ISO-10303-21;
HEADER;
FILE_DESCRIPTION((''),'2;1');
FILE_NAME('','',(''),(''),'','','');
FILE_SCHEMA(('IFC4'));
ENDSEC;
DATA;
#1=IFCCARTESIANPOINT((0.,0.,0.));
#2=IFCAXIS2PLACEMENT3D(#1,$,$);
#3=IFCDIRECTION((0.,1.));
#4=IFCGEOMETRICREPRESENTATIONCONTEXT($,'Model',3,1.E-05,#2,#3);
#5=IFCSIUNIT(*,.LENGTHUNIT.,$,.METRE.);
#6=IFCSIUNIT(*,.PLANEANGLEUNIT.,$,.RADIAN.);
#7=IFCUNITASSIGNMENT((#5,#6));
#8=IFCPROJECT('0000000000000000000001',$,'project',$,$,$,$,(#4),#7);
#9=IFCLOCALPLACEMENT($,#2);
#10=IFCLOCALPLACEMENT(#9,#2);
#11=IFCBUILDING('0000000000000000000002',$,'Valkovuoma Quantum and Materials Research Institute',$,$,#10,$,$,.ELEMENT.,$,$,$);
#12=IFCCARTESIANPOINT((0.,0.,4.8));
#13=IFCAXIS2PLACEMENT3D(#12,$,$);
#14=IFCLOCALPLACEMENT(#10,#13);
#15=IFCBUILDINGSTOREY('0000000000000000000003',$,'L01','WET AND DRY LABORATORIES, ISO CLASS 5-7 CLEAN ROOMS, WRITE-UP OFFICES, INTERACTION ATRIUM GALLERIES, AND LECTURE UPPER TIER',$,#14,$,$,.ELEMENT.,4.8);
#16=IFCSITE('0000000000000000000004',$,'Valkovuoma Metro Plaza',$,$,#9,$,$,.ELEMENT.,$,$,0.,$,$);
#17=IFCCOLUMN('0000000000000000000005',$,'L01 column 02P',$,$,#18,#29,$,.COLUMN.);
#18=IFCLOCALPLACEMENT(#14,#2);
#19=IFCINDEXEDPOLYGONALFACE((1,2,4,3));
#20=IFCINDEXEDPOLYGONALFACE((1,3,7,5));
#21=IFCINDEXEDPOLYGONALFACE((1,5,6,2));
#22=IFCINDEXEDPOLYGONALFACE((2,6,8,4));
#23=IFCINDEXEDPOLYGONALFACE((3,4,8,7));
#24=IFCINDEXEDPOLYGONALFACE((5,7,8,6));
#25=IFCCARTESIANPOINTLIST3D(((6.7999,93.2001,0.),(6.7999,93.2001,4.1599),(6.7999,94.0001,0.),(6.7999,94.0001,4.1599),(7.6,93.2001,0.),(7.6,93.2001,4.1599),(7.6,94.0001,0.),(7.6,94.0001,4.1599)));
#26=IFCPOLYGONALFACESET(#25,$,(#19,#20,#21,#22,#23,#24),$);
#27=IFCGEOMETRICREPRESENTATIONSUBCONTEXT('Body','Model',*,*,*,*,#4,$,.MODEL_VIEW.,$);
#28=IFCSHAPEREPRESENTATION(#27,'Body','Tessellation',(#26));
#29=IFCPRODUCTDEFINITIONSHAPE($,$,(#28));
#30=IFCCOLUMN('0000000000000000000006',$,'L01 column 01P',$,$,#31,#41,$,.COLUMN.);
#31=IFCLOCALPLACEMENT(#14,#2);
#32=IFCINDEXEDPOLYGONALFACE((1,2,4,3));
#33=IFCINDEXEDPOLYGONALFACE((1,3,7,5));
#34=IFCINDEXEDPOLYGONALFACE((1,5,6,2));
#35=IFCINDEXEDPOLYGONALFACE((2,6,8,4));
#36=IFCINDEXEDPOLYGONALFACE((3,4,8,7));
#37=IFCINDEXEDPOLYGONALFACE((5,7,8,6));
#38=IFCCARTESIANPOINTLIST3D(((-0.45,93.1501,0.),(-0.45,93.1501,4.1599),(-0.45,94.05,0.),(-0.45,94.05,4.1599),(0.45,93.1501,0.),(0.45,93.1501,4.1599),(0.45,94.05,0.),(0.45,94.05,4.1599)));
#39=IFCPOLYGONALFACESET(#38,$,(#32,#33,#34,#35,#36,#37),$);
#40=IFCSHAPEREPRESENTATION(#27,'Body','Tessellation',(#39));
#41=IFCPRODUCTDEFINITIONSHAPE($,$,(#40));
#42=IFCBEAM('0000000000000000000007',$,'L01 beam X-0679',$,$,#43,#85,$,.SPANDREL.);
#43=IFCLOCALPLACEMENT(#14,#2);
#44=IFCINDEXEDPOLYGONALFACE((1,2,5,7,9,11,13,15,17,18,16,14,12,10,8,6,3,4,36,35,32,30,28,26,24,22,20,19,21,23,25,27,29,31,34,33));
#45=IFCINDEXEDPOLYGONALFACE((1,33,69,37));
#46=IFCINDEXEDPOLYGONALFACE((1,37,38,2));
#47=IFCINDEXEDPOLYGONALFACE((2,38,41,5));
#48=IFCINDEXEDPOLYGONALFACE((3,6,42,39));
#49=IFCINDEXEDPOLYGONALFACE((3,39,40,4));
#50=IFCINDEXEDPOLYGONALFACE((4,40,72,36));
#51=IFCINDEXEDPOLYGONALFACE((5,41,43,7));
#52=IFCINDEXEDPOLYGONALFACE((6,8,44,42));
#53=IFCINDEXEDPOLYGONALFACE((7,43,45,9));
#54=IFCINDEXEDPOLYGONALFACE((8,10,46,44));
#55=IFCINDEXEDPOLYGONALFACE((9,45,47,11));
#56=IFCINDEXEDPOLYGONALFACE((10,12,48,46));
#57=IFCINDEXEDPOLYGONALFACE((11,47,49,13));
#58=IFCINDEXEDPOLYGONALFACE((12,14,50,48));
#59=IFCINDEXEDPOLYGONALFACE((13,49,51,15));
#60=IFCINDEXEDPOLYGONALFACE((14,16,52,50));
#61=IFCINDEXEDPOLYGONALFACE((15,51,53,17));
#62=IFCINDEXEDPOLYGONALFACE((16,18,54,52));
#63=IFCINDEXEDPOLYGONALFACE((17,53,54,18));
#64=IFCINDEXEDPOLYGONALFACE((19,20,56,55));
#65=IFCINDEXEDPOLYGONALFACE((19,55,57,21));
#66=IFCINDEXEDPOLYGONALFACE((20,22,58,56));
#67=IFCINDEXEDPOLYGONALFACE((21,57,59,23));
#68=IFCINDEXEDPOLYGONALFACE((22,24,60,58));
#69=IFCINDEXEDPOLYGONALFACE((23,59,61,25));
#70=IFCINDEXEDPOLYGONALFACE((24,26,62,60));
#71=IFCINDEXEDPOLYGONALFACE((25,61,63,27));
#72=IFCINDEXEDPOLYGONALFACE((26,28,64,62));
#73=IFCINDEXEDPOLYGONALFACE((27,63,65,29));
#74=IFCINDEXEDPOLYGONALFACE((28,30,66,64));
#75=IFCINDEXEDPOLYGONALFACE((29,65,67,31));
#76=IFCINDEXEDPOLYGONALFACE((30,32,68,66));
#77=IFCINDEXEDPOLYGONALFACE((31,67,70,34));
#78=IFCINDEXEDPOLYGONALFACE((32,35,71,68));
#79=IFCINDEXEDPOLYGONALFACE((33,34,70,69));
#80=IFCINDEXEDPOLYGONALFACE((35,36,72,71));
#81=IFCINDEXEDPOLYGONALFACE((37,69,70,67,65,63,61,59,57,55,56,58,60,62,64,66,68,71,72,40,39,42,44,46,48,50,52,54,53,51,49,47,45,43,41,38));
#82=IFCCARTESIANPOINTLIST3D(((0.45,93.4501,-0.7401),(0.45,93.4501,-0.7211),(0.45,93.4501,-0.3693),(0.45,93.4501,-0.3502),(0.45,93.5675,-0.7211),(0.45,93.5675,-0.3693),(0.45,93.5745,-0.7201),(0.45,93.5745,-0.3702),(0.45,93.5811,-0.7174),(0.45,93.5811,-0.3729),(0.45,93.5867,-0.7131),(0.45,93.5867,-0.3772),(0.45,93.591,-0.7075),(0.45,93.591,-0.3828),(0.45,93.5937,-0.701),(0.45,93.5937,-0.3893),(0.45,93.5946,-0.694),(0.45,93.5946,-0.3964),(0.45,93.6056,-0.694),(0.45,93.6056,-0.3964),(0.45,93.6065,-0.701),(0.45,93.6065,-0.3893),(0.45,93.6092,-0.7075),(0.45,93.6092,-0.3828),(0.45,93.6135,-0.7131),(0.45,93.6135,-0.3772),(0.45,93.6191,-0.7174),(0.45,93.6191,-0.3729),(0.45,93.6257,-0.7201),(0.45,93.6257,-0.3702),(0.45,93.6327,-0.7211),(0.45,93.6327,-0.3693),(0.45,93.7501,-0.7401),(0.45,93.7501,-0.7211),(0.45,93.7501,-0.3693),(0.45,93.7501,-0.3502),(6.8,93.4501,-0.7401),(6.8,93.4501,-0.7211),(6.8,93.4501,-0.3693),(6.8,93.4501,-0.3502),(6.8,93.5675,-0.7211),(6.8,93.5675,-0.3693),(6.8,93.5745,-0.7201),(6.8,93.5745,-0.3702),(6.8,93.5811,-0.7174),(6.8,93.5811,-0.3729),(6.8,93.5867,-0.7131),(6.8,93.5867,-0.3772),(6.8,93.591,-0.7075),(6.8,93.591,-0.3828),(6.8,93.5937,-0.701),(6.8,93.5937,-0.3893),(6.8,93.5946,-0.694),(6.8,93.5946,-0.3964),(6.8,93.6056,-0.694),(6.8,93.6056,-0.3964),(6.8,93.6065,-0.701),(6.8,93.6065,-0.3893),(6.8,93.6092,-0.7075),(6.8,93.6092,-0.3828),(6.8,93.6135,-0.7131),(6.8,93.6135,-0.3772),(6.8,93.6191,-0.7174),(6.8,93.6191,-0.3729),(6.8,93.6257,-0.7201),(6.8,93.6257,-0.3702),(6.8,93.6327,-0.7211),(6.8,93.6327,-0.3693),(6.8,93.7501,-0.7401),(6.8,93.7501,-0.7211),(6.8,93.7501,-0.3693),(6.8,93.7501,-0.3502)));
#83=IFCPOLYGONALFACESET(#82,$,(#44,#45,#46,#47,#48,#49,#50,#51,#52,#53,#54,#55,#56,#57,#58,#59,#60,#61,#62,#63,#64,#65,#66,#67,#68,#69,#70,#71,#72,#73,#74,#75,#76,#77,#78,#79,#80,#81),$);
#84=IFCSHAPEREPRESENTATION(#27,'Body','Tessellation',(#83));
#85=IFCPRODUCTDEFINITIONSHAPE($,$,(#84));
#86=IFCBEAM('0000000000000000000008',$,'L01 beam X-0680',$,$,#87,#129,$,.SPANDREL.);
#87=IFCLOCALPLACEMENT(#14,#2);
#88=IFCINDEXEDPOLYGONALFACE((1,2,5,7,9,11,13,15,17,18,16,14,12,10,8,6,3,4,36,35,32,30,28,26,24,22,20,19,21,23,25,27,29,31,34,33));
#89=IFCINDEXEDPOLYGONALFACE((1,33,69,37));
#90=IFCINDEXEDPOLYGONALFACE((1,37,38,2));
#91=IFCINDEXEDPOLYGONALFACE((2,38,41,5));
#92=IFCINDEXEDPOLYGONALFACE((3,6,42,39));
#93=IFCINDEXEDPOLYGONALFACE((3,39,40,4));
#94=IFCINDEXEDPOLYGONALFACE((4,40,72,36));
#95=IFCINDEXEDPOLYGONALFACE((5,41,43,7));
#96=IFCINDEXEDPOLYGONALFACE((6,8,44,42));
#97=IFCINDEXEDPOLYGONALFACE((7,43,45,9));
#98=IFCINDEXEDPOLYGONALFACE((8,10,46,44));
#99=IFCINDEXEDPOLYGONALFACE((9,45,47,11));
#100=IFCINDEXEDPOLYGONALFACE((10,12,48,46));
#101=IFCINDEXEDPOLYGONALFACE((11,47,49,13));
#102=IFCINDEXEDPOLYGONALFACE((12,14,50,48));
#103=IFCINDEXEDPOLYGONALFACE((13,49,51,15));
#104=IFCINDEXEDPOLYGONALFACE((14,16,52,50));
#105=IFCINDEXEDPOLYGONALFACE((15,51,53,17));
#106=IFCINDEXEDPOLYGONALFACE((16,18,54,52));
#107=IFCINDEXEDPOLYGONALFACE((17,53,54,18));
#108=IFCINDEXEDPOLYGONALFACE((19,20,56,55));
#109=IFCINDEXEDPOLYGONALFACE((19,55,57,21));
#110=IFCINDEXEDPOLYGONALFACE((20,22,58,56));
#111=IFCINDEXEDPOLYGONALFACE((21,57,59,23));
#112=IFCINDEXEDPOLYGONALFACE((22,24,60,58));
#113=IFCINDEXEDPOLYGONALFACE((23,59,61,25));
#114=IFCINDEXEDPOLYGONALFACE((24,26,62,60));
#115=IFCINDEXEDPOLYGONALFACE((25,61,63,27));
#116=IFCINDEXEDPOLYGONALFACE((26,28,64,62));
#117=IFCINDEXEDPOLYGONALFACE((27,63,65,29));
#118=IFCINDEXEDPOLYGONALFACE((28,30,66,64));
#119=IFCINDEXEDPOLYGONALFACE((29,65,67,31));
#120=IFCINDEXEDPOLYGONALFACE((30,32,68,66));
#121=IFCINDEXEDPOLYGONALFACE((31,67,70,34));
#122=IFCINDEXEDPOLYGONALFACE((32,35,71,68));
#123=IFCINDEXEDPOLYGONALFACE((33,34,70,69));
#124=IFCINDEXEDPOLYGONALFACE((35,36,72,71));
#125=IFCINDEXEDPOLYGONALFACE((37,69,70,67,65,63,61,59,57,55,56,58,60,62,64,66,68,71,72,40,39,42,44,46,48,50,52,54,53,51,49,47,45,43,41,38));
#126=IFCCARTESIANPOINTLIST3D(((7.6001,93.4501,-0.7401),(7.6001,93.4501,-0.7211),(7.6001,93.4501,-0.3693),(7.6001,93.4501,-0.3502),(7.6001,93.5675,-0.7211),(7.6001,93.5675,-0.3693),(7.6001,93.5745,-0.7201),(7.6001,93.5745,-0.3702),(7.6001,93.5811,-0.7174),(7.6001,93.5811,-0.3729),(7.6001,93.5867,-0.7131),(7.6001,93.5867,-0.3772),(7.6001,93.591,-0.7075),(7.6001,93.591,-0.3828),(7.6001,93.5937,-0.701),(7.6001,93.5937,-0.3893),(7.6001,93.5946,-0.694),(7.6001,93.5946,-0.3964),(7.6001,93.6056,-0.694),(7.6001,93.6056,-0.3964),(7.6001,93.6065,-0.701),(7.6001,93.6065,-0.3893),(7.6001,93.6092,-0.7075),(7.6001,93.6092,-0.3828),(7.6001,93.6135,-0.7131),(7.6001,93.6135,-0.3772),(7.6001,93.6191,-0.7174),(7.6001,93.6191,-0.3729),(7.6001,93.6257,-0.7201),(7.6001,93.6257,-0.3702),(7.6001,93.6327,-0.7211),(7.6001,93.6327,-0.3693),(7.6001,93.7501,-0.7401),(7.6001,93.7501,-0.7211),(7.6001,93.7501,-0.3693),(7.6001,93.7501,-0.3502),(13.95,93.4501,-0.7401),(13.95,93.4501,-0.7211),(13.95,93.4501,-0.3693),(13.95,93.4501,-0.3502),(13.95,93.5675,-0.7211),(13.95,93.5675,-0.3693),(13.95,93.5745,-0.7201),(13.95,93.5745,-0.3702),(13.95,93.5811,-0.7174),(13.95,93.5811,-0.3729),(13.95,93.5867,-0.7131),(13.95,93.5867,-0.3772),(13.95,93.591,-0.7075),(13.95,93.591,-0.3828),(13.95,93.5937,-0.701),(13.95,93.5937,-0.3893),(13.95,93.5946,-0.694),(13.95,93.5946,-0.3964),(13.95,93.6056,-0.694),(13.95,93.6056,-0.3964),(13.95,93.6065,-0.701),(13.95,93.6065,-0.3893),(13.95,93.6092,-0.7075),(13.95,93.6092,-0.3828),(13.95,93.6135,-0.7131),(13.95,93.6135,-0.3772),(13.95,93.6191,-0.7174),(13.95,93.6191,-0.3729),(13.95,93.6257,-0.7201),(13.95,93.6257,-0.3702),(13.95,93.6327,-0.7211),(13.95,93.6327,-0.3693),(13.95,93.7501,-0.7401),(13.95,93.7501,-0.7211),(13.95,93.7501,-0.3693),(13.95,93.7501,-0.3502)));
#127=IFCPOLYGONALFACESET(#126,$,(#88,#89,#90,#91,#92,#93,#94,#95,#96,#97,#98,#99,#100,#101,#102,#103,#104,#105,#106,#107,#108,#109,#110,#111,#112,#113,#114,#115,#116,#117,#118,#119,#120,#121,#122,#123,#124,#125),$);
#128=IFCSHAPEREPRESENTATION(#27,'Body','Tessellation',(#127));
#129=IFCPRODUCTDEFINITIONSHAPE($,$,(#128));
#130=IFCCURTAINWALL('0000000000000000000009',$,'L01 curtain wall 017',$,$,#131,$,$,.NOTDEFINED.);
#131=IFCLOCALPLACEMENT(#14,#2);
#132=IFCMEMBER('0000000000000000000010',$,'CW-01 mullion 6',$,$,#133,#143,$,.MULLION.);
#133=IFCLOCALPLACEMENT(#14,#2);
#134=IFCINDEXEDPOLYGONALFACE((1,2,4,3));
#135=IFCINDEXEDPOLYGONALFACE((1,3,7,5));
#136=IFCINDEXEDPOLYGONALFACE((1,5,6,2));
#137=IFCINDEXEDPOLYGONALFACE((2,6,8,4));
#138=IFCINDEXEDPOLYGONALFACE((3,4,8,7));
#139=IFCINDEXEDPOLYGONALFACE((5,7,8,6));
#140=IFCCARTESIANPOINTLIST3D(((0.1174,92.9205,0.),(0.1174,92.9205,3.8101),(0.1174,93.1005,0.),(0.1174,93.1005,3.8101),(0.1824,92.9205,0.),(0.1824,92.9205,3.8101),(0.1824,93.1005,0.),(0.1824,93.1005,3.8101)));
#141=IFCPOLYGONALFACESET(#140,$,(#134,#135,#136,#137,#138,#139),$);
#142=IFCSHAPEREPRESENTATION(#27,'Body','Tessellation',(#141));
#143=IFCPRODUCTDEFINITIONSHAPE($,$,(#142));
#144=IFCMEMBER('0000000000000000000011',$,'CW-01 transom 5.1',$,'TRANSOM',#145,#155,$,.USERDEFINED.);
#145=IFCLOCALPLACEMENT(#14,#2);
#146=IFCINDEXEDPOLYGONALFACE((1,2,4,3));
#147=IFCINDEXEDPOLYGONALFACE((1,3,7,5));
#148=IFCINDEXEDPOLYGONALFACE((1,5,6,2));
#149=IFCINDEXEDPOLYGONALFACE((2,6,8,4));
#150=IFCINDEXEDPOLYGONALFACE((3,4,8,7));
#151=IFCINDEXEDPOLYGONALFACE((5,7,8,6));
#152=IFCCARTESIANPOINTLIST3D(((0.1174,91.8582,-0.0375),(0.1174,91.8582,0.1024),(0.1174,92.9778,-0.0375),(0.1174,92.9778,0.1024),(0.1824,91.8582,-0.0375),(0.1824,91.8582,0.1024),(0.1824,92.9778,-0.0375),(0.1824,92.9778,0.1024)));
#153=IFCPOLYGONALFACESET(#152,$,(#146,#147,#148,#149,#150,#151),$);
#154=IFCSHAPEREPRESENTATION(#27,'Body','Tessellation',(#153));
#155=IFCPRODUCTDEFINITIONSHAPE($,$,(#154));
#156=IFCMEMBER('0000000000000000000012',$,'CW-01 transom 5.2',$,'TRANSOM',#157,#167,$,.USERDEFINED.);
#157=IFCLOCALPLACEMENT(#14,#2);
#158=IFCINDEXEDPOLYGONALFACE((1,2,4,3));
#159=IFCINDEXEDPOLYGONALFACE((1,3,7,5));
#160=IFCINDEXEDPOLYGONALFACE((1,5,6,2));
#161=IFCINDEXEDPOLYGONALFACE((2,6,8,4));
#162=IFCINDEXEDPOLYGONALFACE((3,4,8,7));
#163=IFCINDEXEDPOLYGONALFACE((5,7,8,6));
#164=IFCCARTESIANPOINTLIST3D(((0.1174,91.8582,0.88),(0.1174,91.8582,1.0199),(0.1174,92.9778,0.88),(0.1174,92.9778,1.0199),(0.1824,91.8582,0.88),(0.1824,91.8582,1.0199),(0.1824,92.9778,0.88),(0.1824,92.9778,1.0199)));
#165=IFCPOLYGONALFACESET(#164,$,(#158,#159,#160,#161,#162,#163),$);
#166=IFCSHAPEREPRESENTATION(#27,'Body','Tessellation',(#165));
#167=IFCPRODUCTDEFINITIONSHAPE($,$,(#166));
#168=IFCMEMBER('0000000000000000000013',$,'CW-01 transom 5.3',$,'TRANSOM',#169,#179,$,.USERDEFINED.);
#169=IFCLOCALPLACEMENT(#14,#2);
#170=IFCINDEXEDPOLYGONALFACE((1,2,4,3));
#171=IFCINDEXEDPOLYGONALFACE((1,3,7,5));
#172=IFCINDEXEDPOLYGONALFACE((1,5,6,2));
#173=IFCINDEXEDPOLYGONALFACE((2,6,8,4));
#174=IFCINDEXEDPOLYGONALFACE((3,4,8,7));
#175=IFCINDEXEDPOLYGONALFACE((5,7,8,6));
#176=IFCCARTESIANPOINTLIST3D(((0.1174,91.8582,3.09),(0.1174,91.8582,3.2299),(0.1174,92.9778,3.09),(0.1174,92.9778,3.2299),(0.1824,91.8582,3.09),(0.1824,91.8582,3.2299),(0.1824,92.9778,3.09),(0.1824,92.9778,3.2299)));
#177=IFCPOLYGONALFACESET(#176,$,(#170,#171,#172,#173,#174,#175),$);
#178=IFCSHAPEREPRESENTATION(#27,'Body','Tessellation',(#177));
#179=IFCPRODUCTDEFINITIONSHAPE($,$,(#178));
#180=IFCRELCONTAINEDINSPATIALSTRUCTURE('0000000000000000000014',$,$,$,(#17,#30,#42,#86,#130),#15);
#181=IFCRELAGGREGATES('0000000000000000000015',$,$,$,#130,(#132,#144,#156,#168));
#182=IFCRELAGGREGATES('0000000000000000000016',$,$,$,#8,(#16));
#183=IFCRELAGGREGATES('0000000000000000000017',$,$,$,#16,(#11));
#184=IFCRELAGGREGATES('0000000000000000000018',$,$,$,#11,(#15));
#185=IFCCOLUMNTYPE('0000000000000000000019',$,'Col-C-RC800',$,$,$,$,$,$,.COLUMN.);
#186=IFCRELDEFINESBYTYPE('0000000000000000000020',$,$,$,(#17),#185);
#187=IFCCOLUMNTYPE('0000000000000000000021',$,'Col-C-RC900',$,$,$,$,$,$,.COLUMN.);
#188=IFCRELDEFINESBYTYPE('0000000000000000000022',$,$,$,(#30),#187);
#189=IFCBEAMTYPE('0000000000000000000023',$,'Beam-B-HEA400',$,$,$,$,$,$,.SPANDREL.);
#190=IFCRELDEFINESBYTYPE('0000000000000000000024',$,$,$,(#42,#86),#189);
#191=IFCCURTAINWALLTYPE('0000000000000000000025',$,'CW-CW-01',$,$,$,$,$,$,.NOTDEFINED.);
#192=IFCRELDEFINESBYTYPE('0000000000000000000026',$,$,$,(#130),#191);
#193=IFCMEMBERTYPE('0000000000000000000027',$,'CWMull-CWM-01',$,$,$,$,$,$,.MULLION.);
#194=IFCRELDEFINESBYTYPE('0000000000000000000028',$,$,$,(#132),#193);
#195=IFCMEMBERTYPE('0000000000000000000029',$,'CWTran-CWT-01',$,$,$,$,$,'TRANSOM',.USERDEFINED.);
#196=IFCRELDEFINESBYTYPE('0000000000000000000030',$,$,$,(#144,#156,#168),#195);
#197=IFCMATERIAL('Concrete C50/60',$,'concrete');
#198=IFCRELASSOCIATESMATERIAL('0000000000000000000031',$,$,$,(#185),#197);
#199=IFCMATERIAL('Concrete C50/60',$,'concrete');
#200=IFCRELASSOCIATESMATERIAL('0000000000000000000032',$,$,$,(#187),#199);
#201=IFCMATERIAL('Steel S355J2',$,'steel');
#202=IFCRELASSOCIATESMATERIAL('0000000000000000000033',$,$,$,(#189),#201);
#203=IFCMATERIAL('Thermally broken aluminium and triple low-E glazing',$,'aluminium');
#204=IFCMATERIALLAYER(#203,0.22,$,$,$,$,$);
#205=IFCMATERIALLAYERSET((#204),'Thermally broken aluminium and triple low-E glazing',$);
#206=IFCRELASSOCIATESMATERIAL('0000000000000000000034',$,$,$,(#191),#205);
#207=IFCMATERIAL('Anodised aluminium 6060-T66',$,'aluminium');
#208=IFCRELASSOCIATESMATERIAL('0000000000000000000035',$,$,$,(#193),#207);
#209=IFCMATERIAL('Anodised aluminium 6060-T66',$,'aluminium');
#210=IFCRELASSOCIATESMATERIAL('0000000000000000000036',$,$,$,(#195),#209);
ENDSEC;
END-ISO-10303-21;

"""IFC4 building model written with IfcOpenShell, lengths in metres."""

from ifc_helpers import new_model, si_unit, direction, frame, origin, origin_2d, place, context, subcontext, project, spatial, rectangle, i_section, extrude, material, layer, layer_set, material_profile, profile_set, type_object, element, aggregate, save


model = new_model("IFC4")

# Units and contexts
model_context = context("Model", 3, precision=1e-05, world=origin(), true_north=direction((0.0, 1.0)))
body_context = subcontext(model_context, "Body", "Model", "MODEL_VIEW")
ifc_project = project(units=[si_unit("LENGTHUNIT", "METRE"), si_unit("PLANEANGLEUNIT", "RADIAN")], contexts=[model_context])

# Site, building, storey
site_placement = place(None, origin())
site = spatial("IfcSite", under=ifc_project, at=site_placement, Name="Valkovuoma Metro Plaza", CompositionType="ELEMENT", RefElevation=0.0)
building_placement = place(site_placement, origin())
building = spatial("IfcBuilding", under=site, at=building_placement, Name="Valkovuoma Quantum and Materials Research Institute", CompositionType="ELEMENT")
storey_placement = place(building_placement, frame((0.0, 0.0, 4.8)))
storey = spatial("IfcBuildingStorey", under=building, at=storey_placement, Name="L01", Description="WET AND DRY LABORATORIES, ISO CLASS 5-7 CLEAN ROOMS, WRITE-UP OFFICES, INTERACTION ATRIUM GALLERIES, AND LECTURE UPPER TIER", CompositionType="ELEMENT", Elevation=4.8)

# Columns
ifc_material_1 = material(Name="Concrete C50/60", Category="concrete")
ifc_material_profile_1 = material_profile(ifc_material_1, rectangle(XDim=0.8, YDim=0.8, at=origin_2d()), Name="Concrete C50/60")
ifc_profile_set_1 = profile_set([ifc_material_profile_1], Name="Concrete C50/60")
column_type_1 = type_object("IfcColumnType", Name="Col-C-RC800", PredefinedType="COLUMN", material=ifc_profile_set_1)
column_1_placement = place(storey_placement, frame((7.2, 93.6001, 0.0), z_axis=(0.0, 0.0, 1.0), x_axis=(1.0, 0.0, 0.0)))
element("IfcColumn", 1, at=column_1_placement, inside=storey, type_object=column_type_1, Name="L01 column 02P", PredefinedType="COLUMN", context=body_context, shape_type="SweptSolid", body=[
    extrude(rectangle(XDim=0.8, YDim=0.8, at=origin_2d()), origin(), (0.0, 0.0, 1.0), 4.1599),
])
ifc_material_2 = material(Name="Concrete C50/60", Category="concrete")
ifc_material_profile_2 = material_profile(ifc_material_2, rectangle(XDim=0.8999, YDim=0.8999, at=origin_2d()), Name="Concrete C50/60")
ifc_profile_set_2 = profile_set([ifc_material_profile_2], Name="Concrete C50/60")
column_type_2 = type_object("IfcColumnType", Name="Col-C-RC900", PredefinedType="COLUMN", material=ifc_profile_set_2)
column_2_placement = place(storey_placement, frame((0.0, 93.6001, 0.0), z_axis=(0.0, 0.0, 1.0), x_axis=(1.0, 0.0, 0.0)))
element("IfcColumn", 2, at=column_2_placement, inside=storey, type_object=column_type_2, Name="L01 column 01P", PredefinedType="COLUMN", context=body_context, shape_type="SweptSolid", body=[
    extrude(rectangle(XDim=0.8999, YDim=0.8999, at=origin_2d()), origin(), (0.0, 0.0, 1.0), 4.1599),
])

# Beams
ifc_material_3 = material(Name="Steel S355J2", Category="steel")
ifc_material_profile_3 = material_profile(ifc_material_3, i_section(OverallWidth=0.3, OverallDepth=0.3899, WebThickness=0.011, FlangeThickness=0.019, FilletRadius=0.0271, at=origin_2d()), Name="Steel S355J2")
ifc_profile_set_3 = profile_set([ifc_material_profile_3], Name="Steel S355J2")
beam_type = type_object("IfcBeamType", Name="Beam-B-HEA400", PredefinedType="SPANDREL", material=ifc_profile_set_3)
beam_1_placement = place(storey_placement, frame((0.45, 93.6001, -0.5452), z_axis=(1.0, 0.0, 0.0), x_axis=(0.0, 1.0, 0.0)))
element("IfcBeam", 3, at=beam_1_placement, inside=storey, type_object=beam_type, Name="L01 beam X-0679", PredefinedType="SPANDREL", context=body_context, shape_type="SweptSolid", body=[
    extrude(i_section(OverallWidth=0.3, OverallDepth=0.3899, WebThickness=0.011, FlangeThickness=0.019, FilletRadius=0.0271, at=origin_2d()), origin(), (0.0, 0.0, 1.0), 6.3501),
])
beam_2_placement = place(storey_placement, frame((7.6001, 93.6001, -0.5452), z_axis=(1.0, 0.0, 0.0), x_axis=(0.0, 1.0, 0.0)))
element("IfcBeam", 4, at=beam_2_placement, inside=storey, type_object=beam_type, Name="L01 beam X-0680", PredefinedType="SPANDREL", context=body_context, shape_type="SweptSolid", body=[
    extrude(i_section(OverallWidth=0.3, OverallDepth=0.3899, WebThickness=0.011, FlangeThickness=0.019, FilletRadius=0.0271, at=origin_2d()), origin(), (0.0, 0.0, 1.0), 6.3499),
])

# Curtain wall, members
ifc_material_4 = material(Name="Thermally broken aluminium and triple low-E glazing", Category="aluminium")
ifc_layer_1 = layer(ifc_material_4, 0.22)
ifc_layer_set_1 = layer_set([ifc_layer_1], Name="Thermally broken aluminium and triple low-E glazing")
curtain_wall_type = type_object("IfcCurtainWallType", Name="CW-CW-01", PredefinedType="NOTDEFINED", material=ifc_layer_set_1)
curtain_wall_placement = place(storey_placement, origin())
curtain_wall = element("IfcCurtainWall", 5, at=curtain_wall_placement, inside=storey, type_object=curtain_wall_type, Name="L01 curtain wall 017", PredefinedType="NOTDEFINED")
ifc_material_5 = material(Name="Anodised aluminium 6060-T66", Category="aluminium")
ifc_material_profile_4 = material_profile(ifc_material_5, rectangle(XDim=0.0649, YDim=0.1799, at=origin_2d()), Name="Anodised aluminium 6060-T66")
ifc_profile_set_4 = profile_set([ifc_material_profile_4], Name="Anodised aluminium 6060-T66")
member_type_1 = type_object("IfcMemberType", Name="CWMull-CWM-01", PredefinedType="MULLION", material=ifc_profile_set_4)
member_1_placement = place(storey_placement, frame((0.1499, 93.0105, 0.0), z_axis=(0.0, 0.0, 1.0), x_axis=(-1.0, 0.0, 0.0)))
member_1 = element("IfcMember", 6, at=member_1_placement, type_object=member_type_1, Name="CW-01 mullion 6", PredefinedType="MULLION", context=body_context, shape_type="SweptSolid", body=[
    extrude(rectangle(XDim=0.0649, YDim=0.1799, at=origin_2d()), origin(), (0.0, 0.0, 1.0), 3.8101),
])
ifc_material_6 = material(Name="Anodised aluminium 6060-T66", Category="aluminium")
ifc_material_profile_5 = material_profile(ifc_material_6, rectangle(XDim=0.0649, YDim=0.1399, at=origin_2d()), Name="Anodised aluminium 6060-T66")
ifc_profile_set_5 = profile_set([ifc_material_profile_5], Name="Anodised aluminium 6060-T66")
member_type_2 = type_object("IfcMemberType", Name="CWTran-CWT-01", ElementType="TRANSOM", PredefinedType="USERDEFINED", material=ifc_profile_set_5)
member_2_placement = place(storey_placement, frame((0.1499, 91.8582, 0.0325), z_axis=(0.0, 1.0, 0.0), x_axis=(-1.0, 0.0, 0.0)))
member_2 = element("IfcMember", 7, at=member_2_placement, type_object=member_type_2, Name="CW-01 transom 5.1", ObjectType="TRANSOM", PredefinedType="USERDEFINED", context=body_context, shape_type="SweptSolid", body=[
    extrude(rectangle(XDim=0.0649, YDim=0.1399, at=origin_2d()), origin(), (0.0, 0.0, 1.0), 1.1196),
])
member_3_placement = place(storey_placement, frame((0.1499, 91.8582, 0.95), z_axis=(0.0, 1.0, 0.0), x_axis=(-1.0, 0.0, 0.0)))
member_3 = element("IfcMember", 8, at=member_3_placement, type_object=member_type_2, Name="CW-01 transom 5.2", ObjectType="TRANSOM", PredefinedType="USERDEFINED", context=body_context, shape_type="SweptSolid", body=[
    extrude(rectangle(XDim=0.0649, YDim=0.1399, at=origin_2d()), origin(), (0.0, 0.0, 1.0), 1.1196),
])
member_4_placement = place(storey_placement, frame((0.1499, 91.8582, 3.1599), z_axis=(0.0, 1.0, 0.0), x_axis=(-1.0, 0.0, 0.0)))
member_4 = element("IfcMember", 9, at=member_4_placement, type_object=member_type_2, Name="CW-01 transom 5.3", ObjectType="TRANSOM", PredefinedType="USERDEFINED", context=body_context, shape_type="SweptSolid", body=[
    extrude(rectangle(XDim=0.0649, YDim=0.1399, at=origin_2d()), origin(), (0.0, 0.0, 1.0), 1.1196),
])
aggregate(curtain_wall, [member_1, member_2, member_3, member_4])

save(model, "model.ifc")
